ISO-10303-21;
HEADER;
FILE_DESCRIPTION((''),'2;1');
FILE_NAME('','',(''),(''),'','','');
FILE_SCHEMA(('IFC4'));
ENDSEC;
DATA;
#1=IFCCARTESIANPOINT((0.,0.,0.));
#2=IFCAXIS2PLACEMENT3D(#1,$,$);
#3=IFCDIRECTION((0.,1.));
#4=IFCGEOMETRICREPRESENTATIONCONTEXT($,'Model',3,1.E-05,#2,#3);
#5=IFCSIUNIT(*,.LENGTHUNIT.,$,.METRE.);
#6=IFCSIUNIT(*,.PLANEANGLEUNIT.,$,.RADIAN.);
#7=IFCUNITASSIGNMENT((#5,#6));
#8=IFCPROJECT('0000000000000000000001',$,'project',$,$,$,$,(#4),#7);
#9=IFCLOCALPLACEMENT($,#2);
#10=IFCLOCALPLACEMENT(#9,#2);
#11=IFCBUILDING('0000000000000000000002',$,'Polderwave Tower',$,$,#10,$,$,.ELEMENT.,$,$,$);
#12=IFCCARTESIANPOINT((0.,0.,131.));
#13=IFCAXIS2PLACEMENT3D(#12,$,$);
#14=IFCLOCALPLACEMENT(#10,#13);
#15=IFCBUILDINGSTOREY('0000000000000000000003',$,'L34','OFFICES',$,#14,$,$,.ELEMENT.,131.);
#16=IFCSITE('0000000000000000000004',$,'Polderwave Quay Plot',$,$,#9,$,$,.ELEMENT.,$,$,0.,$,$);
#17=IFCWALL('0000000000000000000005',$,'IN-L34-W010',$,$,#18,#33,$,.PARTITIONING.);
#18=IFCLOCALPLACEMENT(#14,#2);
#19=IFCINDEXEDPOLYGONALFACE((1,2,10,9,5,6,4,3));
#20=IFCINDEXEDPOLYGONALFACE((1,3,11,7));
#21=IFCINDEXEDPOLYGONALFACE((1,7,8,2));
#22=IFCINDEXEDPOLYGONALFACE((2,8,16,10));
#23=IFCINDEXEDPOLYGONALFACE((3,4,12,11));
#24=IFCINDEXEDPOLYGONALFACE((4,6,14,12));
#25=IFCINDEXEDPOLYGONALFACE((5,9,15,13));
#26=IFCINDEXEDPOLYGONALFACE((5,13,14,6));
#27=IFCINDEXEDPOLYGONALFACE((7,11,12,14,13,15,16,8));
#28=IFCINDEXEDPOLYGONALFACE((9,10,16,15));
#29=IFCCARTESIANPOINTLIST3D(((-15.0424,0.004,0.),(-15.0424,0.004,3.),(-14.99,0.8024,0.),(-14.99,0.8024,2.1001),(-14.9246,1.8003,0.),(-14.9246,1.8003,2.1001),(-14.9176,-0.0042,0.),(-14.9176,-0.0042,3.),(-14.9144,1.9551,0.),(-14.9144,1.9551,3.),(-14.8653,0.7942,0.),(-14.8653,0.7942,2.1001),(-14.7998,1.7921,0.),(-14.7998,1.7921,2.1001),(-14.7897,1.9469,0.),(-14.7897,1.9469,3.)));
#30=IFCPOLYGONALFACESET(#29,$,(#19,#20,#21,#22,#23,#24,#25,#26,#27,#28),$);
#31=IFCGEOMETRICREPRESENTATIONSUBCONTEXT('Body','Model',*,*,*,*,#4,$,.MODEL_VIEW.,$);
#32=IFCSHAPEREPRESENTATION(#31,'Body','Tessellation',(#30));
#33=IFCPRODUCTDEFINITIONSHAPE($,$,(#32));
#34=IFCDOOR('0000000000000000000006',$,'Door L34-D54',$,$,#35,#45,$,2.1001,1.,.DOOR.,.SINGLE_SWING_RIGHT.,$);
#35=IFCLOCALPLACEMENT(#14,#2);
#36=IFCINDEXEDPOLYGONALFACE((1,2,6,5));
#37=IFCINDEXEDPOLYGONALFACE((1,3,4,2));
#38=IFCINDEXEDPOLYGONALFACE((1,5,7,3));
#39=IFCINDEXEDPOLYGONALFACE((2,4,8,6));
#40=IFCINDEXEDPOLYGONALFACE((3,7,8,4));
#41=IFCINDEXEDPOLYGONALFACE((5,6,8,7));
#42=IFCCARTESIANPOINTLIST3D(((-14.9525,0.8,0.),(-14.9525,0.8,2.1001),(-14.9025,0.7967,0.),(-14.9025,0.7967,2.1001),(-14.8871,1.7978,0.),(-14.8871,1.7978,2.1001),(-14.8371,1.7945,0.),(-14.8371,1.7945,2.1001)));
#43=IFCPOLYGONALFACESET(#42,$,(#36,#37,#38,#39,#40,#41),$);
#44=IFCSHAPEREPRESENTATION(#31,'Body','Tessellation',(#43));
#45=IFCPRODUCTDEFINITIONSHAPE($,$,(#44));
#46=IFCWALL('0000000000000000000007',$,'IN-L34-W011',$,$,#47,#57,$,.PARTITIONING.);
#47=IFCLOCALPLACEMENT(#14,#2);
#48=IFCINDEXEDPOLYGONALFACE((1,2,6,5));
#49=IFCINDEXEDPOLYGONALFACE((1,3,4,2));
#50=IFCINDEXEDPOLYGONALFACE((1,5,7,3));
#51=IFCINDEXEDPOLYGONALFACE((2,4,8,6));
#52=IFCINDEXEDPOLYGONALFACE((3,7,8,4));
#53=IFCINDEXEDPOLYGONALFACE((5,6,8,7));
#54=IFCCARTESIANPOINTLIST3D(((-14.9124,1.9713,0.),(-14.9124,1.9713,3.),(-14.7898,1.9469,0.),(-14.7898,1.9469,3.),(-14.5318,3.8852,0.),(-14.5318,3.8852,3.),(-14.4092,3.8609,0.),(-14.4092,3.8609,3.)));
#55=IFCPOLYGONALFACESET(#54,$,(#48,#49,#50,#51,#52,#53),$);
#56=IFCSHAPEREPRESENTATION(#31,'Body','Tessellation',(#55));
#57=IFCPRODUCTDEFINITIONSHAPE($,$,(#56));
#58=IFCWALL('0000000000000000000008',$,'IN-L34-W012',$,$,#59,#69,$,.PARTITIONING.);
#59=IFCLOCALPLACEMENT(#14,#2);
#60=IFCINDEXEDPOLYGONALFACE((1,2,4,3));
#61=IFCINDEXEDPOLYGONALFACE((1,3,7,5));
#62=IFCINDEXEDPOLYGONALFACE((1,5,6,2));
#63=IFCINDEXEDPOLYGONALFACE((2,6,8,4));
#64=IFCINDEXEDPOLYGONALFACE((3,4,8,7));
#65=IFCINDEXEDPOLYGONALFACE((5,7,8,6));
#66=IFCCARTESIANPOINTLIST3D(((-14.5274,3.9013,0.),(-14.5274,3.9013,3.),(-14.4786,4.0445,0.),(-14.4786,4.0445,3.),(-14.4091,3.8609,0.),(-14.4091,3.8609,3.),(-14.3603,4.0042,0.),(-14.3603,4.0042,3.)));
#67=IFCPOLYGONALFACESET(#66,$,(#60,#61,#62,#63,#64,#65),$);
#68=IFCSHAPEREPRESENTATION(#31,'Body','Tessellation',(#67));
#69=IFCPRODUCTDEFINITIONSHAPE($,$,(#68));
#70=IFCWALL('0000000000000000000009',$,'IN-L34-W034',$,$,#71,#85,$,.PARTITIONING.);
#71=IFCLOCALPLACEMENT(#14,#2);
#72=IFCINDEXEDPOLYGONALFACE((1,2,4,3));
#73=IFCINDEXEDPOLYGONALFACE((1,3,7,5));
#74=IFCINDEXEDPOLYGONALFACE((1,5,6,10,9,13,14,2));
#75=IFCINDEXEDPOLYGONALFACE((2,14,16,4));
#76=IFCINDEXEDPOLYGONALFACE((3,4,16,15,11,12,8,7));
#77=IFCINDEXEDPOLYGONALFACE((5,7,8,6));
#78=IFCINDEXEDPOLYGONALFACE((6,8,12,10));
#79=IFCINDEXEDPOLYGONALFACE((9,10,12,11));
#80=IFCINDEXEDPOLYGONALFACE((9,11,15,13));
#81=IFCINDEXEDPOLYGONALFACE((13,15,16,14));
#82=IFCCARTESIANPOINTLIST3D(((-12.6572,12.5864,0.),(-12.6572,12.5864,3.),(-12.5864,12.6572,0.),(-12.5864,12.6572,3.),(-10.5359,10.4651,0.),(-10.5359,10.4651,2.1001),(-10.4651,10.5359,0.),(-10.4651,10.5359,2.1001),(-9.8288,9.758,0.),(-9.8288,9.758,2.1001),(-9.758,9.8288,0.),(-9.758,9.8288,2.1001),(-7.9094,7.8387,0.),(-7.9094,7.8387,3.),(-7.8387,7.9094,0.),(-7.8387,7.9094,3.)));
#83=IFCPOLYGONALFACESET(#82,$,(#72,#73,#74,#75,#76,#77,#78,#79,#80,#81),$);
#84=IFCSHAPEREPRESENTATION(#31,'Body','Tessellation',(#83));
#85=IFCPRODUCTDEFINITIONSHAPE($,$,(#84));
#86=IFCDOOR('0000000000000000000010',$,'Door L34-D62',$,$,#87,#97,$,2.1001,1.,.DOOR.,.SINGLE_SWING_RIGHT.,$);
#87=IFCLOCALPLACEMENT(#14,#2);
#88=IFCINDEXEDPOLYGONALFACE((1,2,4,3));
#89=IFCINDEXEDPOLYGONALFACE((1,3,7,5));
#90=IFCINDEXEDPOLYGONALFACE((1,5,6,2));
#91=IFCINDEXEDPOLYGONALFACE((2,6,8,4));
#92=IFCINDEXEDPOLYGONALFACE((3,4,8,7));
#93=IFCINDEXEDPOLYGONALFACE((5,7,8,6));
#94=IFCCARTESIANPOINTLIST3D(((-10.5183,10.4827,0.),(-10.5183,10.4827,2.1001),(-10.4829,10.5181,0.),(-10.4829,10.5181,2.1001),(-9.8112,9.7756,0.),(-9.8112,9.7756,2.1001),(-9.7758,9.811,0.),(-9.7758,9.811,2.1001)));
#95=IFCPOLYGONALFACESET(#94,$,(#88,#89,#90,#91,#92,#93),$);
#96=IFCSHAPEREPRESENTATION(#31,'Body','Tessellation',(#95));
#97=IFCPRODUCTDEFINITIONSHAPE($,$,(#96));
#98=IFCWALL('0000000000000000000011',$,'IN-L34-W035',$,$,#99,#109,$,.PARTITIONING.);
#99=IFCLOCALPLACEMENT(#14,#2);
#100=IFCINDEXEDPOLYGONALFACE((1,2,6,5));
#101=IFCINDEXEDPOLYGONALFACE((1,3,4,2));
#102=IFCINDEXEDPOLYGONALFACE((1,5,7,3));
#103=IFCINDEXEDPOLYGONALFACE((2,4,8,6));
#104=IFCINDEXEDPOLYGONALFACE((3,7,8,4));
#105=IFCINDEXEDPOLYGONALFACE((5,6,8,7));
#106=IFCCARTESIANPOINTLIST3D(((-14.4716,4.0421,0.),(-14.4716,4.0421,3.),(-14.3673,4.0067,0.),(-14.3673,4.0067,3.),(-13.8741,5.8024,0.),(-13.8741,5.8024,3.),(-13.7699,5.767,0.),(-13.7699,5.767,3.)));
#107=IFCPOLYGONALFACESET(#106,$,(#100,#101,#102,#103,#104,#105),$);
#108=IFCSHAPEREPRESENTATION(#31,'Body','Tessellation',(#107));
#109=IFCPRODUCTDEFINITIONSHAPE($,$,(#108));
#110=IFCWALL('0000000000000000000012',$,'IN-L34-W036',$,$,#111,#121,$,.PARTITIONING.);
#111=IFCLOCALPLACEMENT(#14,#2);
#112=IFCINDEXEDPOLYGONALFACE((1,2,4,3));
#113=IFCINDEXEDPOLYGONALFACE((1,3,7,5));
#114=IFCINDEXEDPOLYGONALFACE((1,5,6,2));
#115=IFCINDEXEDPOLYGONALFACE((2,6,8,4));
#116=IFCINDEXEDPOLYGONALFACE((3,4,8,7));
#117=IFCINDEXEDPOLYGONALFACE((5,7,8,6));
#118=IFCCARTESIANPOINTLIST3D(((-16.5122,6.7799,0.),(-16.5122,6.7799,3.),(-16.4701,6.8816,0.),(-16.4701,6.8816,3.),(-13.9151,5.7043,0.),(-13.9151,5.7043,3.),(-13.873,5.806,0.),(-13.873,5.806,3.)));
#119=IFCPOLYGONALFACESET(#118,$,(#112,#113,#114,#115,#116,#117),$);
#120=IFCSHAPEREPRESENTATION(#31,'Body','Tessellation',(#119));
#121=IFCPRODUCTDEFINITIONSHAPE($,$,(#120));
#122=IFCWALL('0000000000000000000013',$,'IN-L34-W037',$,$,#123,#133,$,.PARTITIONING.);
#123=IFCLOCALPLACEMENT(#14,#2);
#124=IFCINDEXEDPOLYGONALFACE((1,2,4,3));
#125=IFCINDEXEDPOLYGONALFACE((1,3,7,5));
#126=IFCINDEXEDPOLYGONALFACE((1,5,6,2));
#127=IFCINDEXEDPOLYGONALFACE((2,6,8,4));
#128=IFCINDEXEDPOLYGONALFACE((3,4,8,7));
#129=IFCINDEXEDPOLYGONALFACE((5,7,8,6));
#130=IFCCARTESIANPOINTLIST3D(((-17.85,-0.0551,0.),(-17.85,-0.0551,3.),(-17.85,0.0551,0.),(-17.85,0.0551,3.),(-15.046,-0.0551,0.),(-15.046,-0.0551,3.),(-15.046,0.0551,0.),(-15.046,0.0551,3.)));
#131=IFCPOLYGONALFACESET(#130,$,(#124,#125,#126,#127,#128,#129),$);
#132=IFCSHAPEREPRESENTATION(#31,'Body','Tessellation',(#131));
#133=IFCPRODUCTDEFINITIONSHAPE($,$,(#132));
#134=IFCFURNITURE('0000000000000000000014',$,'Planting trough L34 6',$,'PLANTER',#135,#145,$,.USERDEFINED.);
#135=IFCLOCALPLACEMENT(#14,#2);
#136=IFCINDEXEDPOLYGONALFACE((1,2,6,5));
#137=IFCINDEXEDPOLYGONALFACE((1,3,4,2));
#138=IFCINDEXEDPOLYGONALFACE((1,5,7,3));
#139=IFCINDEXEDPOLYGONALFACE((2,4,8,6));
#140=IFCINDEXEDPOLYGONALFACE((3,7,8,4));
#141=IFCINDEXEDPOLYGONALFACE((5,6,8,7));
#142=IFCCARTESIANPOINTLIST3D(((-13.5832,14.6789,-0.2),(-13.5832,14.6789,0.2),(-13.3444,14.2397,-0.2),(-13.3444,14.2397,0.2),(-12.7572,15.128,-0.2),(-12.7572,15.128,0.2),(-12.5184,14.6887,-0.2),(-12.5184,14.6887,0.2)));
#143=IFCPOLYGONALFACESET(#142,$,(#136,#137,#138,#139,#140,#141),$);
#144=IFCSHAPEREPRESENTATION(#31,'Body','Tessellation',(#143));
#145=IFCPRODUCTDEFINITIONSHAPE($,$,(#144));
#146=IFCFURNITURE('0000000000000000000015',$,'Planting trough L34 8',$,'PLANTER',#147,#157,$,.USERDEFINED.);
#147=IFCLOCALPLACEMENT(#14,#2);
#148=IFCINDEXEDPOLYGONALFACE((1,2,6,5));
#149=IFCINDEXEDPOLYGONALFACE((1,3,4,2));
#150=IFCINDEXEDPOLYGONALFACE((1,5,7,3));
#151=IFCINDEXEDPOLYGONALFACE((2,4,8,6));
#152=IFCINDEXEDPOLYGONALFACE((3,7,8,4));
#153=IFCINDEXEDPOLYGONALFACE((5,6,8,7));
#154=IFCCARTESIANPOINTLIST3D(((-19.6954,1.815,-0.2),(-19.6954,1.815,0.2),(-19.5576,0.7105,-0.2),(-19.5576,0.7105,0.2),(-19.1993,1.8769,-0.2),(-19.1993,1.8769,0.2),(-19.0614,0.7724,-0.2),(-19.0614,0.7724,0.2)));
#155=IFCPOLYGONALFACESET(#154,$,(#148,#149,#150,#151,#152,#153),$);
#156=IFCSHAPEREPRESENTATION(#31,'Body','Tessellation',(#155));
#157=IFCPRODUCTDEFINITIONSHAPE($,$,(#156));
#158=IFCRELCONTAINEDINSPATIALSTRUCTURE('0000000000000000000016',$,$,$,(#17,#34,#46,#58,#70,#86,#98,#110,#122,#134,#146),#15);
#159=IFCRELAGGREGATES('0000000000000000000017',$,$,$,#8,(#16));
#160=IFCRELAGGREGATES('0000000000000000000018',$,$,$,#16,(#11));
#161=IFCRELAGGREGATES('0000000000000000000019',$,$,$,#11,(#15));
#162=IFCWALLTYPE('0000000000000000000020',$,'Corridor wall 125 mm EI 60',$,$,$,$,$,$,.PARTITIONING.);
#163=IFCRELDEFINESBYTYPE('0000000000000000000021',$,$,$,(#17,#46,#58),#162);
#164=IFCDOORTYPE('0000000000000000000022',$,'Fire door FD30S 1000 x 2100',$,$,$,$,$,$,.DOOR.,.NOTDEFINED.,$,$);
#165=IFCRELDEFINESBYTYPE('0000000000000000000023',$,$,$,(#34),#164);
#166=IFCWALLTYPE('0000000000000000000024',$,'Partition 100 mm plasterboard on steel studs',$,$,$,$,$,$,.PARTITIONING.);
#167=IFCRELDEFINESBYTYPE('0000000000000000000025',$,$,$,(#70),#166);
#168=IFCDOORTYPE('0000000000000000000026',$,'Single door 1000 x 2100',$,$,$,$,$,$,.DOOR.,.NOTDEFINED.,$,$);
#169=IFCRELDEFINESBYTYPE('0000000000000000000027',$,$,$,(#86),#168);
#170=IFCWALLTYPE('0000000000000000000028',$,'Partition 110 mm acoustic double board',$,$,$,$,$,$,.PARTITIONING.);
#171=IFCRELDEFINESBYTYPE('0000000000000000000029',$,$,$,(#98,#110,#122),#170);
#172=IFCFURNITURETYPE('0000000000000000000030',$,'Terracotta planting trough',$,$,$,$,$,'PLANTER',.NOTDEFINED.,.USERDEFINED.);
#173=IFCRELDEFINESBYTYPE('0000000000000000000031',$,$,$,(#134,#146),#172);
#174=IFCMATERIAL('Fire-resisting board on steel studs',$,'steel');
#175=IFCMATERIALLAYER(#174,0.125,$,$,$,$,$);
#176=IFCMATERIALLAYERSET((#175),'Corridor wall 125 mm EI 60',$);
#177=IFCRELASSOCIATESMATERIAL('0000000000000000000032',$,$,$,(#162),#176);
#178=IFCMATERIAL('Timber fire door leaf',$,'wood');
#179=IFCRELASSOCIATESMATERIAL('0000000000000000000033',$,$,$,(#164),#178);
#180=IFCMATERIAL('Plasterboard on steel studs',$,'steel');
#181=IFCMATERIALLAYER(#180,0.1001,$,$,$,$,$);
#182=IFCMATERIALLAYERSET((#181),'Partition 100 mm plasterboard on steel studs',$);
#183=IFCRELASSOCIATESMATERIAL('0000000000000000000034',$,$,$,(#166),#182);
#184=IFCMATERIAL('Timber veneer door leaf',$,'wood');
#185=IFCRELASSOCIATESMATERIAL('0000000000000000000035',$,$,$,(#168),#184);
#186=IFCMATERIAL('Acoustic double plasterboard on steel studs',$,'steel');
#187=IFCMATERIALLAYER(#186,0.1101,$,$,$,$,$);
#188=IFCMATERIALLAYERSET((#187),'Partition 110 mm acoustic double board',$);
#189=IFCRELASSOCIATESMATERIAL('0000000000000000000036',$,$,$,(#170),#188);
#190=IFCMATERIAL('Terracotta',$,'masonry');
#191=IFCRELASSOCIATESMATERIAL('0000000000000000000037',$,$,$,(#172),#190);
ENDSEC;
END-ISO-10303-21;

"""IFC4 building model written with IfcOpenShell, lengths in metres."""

from ifc_helpers import new_model, si_unit, direction, frame, frame_2d, origin, origin_2d, place, context, subcontext, project, spatial, rectangle, extrude, material, layer, layer_set, type_object, element, fill, save


model = new_model("IFC4")

# Units and contexts
model_context = context("Model", 3, precision=1e-05, world=origin(), true_north=direction((0.0, 1.0)))
body_context = subcontext(model_context, "Body", "Model", "MODEL_VIEW")
ifc_project = project(units=[si_unit("LENGTHUNIT", "METRE"), si_unit("PLANEANGLEUNIT", "RADIAN")], contexts=[model_context])

# Site, building, storey
site_placement = place(None, origin())
site = spatial("IfcSite", under=ifc_project, at=site_placement, Name="Polderwave Quay Plot", CompositionType="ELEMENT", RefElevation=0.0)
building_placement = place(site_placement, origin())
building = spatial("IfcBuilding", under=site, at=building_placement, Name="Polderwave Tower", CompositionType="ELEMENT")
storey_placement = place(building_placement, frame((0.0, 0.0, 131.0)))
storey = spatial("IfcBuildingStorey", under=building, at=storey_placement, Name="L34", Description="OFFICES", CompositionType="ELEMENT", Elevation=131.0)

# Wall, opening, door
ifc_material_1 = material(Name="Fire-resisting board on steel studs", Category="steel")
ifc_layer_1 = layer(ifc_material_1, 0.125)
ifc_layer_set_1 = layer_set([ifc_layer_1], Name="Corridor wall 125 mm EI 60")
wall_type_1 = type_object("IfcWallType", Name="Corridor wall 125 mm EI 60", PredefinedType="PARTITIONING", material=ifc_layer_set_1)
ifc_material_2 = material(Name="Timber fire door leaf", Category="wood")
door_type_1 = type_object("IfcDoorType", Name="Fire door FD30S 1000 x 2100", OperationType="NOTDEFINED", PredefinedType="DOOR", material=ifc_material_2)
wall_1_placement = place(storey_placement, frame((-14.98, 0.0, 0.0), z_axis=(0.0, 0.0, 1.0), x_axis=(0.065425, 0.997857, 0.0)))
wall_1 = element("IfcWall", 1, at=wall_1_placement, inside=storey, type_object=wall_type_1, Name="IN-L34-W010", PredefinedType="PARTITIONING", context=body_context, shape_type="SweptSolid", body=[
    extrude(rectangle(XDim=1.9553, YDim=0.125, at=frame_2d((0.9775, 0.0))), origin(), (0.0, 0.0, 1.0), 3.0),
])
opening_1_placement = place(wall_1_placement, frame((0.8, 0.0, 0.0)))
opening_1 = element("IfcOpeningElement", 2, at=opening_1_placement, cuts=wall_1, PredefinedType="OPENING", context=body_context, shape_type="SweptSolid", body=[
    extrude(rectangle(XDim=1.0, YDim=2.1001, at=frame_2d((0.5, 1.05))), frame((0.0, 0.0725, 0.0), z_axis=(0.0, -1.0, 0.0), x_axis=(1.0, 0.0, 0.0)), (0.0, 0.0, 1.0), 0.145),
])
door_1_placement = place(opening_1_placement, origin())
door_1 = element("IfcDoor", 3, at=door_1_placement, inside=storey, type_object=door_type_1, Name="Door L34-D54", OperationType="SINGLE_SWING_RIGHT", OverallHeight=2.1001, OverallWidth=1.0, PredefinedType="DOOR", context=body_context, shape_type="SweptSolid", body=[
    extrude(rectangle(XDim=1.0, YDim=2.1001, at=frame_2d((0.5, 1.05))), frame((0.0, 0.0249, 0.0), z_axis=(0.0, -1.0, 0.0), x_axis=(1.0, 0.0, 0.0)), (0.0, 0.0, 1.0), 0.05),
])
fill(opening_1, door_1)

# Walls
wall_2_placement = place(storey_placement, frame((-14.8511, 1.9592, 0.0), z_axis=(0.0, 0.0, 1.0), x_axis=(0.195057, 0.980792, 0.0)))
element("IfcWall", 4, at=wall_2_placement, inside=storey, type_object=wall_type_1, Name="IN-L34-W011", PredefinedType="PARTITIONING", context=body_context, shape_type="SweptSolid", body=[
    extrude(rectangle(XDim=1.9514, YDim=0.125, at=frame_2d((0.9756, 0.0))), origin(), (0.0, 0.0, 1.0), 3.0),
])
wall_3_placement = place(storey_placement, frame((-14.4683, 3.8811, 0.0), z_axis=(0.0, 0.0, 1.0), x_axis=(0.32251, 0.946566, 0.0)))
element("IfcWall", 5, at=wall_3_placement, inside=storey, type_object=wall_type_1, Name="IN-L34-W012", PredefinedType="PARTITIONING", context=body_context, shape_type="SweptSolid", body=[
    extrude(rectangle(XDim=0.1514, YDim=0.125, at=frame_2d((0.0757, 0.0))), origin(), (0.0, 0.0, 1.0), 3.0),
])

# Wall, opening, door
ifc_material_3 = material(Name="Plasterboard on steel studs", Category="steel")
ifc_layer_2 = layer(ifc_material_3, 0.1001)
ifc_layer_set_2 = layer_set([ifc_layer_2], Name="Partition 100 mm plasterboard on steel studs")
wall_type_2 = type_object("IfcWallType", Name="Partition 100 mm plasterboard on steel studs", PredefinedType="PARTITIONING", material=ifc_layer_set_2)
wall_4_placement = place(storey_placement, frame((-12.6218, 12.6218, 0.0), z_axis=(0.0, 0.0, 1.0), x_axis=(0.707107, -0.707107, 0.0)))
wall_4 = element("IfcWall", 6, at=wall_4_placement, inside=storey, type_object=wall_type_2, Name="IN-L34-W034", PredefinedType="PARTITIONING", context=body_context, shape_type="SweptSolid", body=[
    extrude(rectangle(XDim=6.7144, YDim=0.1001, at=frame_2d((3.3572, 0.0))), origin(), (0.0, 0.0, 1.0), 3.0),
])
opening_2_placement = place(wall_4_placement, frame((3.0, 0.0, 0.0)))
opening_2 = element("IfcOpeningElement", 7, at=opening_2_placement, cuts=wall_4, PredefinedType="OPENING", context=body_context, shape_type="SweptSolid", body=[
    extrude(rectangle(XDim=1.0, YDim=2.1001, at=frame_2d((0.5, 1.05))), frame((0.0, 0.0601, 0.0), z_axis=(0.0, -1.0, 0.0), x_axis=(1.0, 0.0, 0.0)), (0.0, 0.0, 1.0), 0.1201),
])
ifc_material_4 = material(Name="Timber veneer door leaf", Category="wood")
door_type_2 = type_object("IfcDoorType", Name="Single door 1000 x 2100", OperationType="NOTDEFINED", PredefinedType="DOOR", material=ifc_material_4)
door_2_placement = place(opening_2_placement, origin())
door_2 = element("IfcDoor", 8, at=door_2_placement, inside=storey, type_object=door_type_2, Name="Door L34-D62", OperationType="SINGLE_SWING_RIGHT", OverallHeight=2.1001, OverallWidth=1.0, PredefinedType="DOOR", context=body_context, shape_type="SweptSolid", body=[
    extrude(rectangle(XDim=1.0, YDim=2.1001, at=frame_2d((0.5, 1.05))), frame((0.0, 0.0249, 0.0), z_axis=(0.0, -1.0, 0.0), x_axis=(1.0, 0.0, 0.0)), (0.0, 0.0, 1.0), 0.05),
])
fill(opening_2, door_2)

# Walls
ifc_material_5 = material(Name="Acoustic double plasterboard on steel studs", Category="steel")
ifc_layer_3 = layer(ifc_material_5, 0.1101)
ifc_layer_set_3 = layer_set([ifc_layer_3], Name="Partition 110 mm acoustic double board")
wall_type_3 = type_object("IfcWallType", Name="Partition 110 mm acoustic double board", PredefinedType="PARTITIONING", material=ifc_layer_set_3)
wall_5_placement = place(storey_placement, frame((-14.4194, 4.0244, 0.0), z_axis=(0.0, 0.0, 1.0), x_axis=(0.321385, 0.946949, 0.0)))
element("IfcWall", 9, at=wall_5_placement, inside=storey, type_object=wall_type_3, Name="IN-L34-W035", PredefinedType="PARTITIONING", context=body_context, shape_type="SweptSolid", body=[
    extrude(rectangle(XDim=1.8589, YDim=0.1101, at=frame_2d((0.9294, 0.0))), origin(), (0.0, 0.0, 1.0), 3.0),
])
wall_6_placement = place(storey_placement, frame((-13.894, 5.7551, 0.0), z_axis=(0.0, 0.0, 1.0), x_axis=(-0.923892, 0.382653, 0.0)))
element("IfcWall", 10, at=wall_6_placement, inside=storey, type_object=wall_type_3, Name="IN-L34-W036", PredefinedType="PARTITIONING", context=body_context, shape_type="SweptSolid", body=[
    extrude(rectangle(XDim=2.811, YDim=0.1101, at=frame_2d((1.4055, 0.0))), origin(), (0.0, 0.0, 1.0), 3.0),
])
wall_7_placement = place(storey_placement, frame((-15.0461, 0.0, 0.0), z_axis=(0.0, 0.0, 1.0), x_axis=(-1.0, 0.0, 0.0)))
element("IfcWall", 11, at=wall_7_placement, inside=storey, type_object=wall_type_3, Name="IN-L34-W037", PredefinedType="PARTITIONING", context=body_context, shape_type="SweptSolid", body=[
    extrude(rectangle(XDim=2.804, YDim=0.1101, at=frame_2d((1.4019, 0.0))), origin(), (0.0, 0.0, 1.0), 3.0),
])

# Furniture
ifc_material_6 = material(Name="Terracotta", Category="masonry")
furniture_type = type_object("IfcFurnitureType", Name="Terracotta planting trough", ElementType="PLANTER", AssemblyPlace="NOTDEFINED", PredefinedType="USERDEFINED", material=ifc_material_6)
furniture_1_placement = place(storey_placement, frame((-13.0508, 14.6838, -0.2), z_axis=(0.0, 0.0, 1.0), x_axis=(-0.87855, -0.47765, 0.0)))
element("IfcFurniture", 12, at=furniture_1_placement, inside=storey, type_object=furniture_type, Name="Planting trough L34 6", ObjectType="PLANTER", PredefinedType="USERDEFINED", context=body_context, shape_type="SweptSolid", body=[
    extrude(rectangle(XDim=0.9402, YDim=0.5, at=origin_2d()), origin(), (0.0, 0.0, 1.0), 0.3999),
])
furniture_2_placement = place(storey_placement, frame((-19.3784, 1.2937, -0.2), z_axis=(0.0, 0.0, 1.0), x_axis=(0.12386, -0.9923, 0.0)))
element("IfcFurniture", 13, at=furniture_2_placement, inside=storey, type_object=furniture_type, Name="Planting trough L34 8", ObjectType="PLANTER", PredefinedType="USERDEFINED", context=body_context, shape_type="SweptSolid", body=[
    extrude(rectangle(XDim=1.113, YDim=0.5, at=origin_2d()), origin(), (0.0, 0.0, 1.0), 0.3999),
])

save(model, "model.ifc")
